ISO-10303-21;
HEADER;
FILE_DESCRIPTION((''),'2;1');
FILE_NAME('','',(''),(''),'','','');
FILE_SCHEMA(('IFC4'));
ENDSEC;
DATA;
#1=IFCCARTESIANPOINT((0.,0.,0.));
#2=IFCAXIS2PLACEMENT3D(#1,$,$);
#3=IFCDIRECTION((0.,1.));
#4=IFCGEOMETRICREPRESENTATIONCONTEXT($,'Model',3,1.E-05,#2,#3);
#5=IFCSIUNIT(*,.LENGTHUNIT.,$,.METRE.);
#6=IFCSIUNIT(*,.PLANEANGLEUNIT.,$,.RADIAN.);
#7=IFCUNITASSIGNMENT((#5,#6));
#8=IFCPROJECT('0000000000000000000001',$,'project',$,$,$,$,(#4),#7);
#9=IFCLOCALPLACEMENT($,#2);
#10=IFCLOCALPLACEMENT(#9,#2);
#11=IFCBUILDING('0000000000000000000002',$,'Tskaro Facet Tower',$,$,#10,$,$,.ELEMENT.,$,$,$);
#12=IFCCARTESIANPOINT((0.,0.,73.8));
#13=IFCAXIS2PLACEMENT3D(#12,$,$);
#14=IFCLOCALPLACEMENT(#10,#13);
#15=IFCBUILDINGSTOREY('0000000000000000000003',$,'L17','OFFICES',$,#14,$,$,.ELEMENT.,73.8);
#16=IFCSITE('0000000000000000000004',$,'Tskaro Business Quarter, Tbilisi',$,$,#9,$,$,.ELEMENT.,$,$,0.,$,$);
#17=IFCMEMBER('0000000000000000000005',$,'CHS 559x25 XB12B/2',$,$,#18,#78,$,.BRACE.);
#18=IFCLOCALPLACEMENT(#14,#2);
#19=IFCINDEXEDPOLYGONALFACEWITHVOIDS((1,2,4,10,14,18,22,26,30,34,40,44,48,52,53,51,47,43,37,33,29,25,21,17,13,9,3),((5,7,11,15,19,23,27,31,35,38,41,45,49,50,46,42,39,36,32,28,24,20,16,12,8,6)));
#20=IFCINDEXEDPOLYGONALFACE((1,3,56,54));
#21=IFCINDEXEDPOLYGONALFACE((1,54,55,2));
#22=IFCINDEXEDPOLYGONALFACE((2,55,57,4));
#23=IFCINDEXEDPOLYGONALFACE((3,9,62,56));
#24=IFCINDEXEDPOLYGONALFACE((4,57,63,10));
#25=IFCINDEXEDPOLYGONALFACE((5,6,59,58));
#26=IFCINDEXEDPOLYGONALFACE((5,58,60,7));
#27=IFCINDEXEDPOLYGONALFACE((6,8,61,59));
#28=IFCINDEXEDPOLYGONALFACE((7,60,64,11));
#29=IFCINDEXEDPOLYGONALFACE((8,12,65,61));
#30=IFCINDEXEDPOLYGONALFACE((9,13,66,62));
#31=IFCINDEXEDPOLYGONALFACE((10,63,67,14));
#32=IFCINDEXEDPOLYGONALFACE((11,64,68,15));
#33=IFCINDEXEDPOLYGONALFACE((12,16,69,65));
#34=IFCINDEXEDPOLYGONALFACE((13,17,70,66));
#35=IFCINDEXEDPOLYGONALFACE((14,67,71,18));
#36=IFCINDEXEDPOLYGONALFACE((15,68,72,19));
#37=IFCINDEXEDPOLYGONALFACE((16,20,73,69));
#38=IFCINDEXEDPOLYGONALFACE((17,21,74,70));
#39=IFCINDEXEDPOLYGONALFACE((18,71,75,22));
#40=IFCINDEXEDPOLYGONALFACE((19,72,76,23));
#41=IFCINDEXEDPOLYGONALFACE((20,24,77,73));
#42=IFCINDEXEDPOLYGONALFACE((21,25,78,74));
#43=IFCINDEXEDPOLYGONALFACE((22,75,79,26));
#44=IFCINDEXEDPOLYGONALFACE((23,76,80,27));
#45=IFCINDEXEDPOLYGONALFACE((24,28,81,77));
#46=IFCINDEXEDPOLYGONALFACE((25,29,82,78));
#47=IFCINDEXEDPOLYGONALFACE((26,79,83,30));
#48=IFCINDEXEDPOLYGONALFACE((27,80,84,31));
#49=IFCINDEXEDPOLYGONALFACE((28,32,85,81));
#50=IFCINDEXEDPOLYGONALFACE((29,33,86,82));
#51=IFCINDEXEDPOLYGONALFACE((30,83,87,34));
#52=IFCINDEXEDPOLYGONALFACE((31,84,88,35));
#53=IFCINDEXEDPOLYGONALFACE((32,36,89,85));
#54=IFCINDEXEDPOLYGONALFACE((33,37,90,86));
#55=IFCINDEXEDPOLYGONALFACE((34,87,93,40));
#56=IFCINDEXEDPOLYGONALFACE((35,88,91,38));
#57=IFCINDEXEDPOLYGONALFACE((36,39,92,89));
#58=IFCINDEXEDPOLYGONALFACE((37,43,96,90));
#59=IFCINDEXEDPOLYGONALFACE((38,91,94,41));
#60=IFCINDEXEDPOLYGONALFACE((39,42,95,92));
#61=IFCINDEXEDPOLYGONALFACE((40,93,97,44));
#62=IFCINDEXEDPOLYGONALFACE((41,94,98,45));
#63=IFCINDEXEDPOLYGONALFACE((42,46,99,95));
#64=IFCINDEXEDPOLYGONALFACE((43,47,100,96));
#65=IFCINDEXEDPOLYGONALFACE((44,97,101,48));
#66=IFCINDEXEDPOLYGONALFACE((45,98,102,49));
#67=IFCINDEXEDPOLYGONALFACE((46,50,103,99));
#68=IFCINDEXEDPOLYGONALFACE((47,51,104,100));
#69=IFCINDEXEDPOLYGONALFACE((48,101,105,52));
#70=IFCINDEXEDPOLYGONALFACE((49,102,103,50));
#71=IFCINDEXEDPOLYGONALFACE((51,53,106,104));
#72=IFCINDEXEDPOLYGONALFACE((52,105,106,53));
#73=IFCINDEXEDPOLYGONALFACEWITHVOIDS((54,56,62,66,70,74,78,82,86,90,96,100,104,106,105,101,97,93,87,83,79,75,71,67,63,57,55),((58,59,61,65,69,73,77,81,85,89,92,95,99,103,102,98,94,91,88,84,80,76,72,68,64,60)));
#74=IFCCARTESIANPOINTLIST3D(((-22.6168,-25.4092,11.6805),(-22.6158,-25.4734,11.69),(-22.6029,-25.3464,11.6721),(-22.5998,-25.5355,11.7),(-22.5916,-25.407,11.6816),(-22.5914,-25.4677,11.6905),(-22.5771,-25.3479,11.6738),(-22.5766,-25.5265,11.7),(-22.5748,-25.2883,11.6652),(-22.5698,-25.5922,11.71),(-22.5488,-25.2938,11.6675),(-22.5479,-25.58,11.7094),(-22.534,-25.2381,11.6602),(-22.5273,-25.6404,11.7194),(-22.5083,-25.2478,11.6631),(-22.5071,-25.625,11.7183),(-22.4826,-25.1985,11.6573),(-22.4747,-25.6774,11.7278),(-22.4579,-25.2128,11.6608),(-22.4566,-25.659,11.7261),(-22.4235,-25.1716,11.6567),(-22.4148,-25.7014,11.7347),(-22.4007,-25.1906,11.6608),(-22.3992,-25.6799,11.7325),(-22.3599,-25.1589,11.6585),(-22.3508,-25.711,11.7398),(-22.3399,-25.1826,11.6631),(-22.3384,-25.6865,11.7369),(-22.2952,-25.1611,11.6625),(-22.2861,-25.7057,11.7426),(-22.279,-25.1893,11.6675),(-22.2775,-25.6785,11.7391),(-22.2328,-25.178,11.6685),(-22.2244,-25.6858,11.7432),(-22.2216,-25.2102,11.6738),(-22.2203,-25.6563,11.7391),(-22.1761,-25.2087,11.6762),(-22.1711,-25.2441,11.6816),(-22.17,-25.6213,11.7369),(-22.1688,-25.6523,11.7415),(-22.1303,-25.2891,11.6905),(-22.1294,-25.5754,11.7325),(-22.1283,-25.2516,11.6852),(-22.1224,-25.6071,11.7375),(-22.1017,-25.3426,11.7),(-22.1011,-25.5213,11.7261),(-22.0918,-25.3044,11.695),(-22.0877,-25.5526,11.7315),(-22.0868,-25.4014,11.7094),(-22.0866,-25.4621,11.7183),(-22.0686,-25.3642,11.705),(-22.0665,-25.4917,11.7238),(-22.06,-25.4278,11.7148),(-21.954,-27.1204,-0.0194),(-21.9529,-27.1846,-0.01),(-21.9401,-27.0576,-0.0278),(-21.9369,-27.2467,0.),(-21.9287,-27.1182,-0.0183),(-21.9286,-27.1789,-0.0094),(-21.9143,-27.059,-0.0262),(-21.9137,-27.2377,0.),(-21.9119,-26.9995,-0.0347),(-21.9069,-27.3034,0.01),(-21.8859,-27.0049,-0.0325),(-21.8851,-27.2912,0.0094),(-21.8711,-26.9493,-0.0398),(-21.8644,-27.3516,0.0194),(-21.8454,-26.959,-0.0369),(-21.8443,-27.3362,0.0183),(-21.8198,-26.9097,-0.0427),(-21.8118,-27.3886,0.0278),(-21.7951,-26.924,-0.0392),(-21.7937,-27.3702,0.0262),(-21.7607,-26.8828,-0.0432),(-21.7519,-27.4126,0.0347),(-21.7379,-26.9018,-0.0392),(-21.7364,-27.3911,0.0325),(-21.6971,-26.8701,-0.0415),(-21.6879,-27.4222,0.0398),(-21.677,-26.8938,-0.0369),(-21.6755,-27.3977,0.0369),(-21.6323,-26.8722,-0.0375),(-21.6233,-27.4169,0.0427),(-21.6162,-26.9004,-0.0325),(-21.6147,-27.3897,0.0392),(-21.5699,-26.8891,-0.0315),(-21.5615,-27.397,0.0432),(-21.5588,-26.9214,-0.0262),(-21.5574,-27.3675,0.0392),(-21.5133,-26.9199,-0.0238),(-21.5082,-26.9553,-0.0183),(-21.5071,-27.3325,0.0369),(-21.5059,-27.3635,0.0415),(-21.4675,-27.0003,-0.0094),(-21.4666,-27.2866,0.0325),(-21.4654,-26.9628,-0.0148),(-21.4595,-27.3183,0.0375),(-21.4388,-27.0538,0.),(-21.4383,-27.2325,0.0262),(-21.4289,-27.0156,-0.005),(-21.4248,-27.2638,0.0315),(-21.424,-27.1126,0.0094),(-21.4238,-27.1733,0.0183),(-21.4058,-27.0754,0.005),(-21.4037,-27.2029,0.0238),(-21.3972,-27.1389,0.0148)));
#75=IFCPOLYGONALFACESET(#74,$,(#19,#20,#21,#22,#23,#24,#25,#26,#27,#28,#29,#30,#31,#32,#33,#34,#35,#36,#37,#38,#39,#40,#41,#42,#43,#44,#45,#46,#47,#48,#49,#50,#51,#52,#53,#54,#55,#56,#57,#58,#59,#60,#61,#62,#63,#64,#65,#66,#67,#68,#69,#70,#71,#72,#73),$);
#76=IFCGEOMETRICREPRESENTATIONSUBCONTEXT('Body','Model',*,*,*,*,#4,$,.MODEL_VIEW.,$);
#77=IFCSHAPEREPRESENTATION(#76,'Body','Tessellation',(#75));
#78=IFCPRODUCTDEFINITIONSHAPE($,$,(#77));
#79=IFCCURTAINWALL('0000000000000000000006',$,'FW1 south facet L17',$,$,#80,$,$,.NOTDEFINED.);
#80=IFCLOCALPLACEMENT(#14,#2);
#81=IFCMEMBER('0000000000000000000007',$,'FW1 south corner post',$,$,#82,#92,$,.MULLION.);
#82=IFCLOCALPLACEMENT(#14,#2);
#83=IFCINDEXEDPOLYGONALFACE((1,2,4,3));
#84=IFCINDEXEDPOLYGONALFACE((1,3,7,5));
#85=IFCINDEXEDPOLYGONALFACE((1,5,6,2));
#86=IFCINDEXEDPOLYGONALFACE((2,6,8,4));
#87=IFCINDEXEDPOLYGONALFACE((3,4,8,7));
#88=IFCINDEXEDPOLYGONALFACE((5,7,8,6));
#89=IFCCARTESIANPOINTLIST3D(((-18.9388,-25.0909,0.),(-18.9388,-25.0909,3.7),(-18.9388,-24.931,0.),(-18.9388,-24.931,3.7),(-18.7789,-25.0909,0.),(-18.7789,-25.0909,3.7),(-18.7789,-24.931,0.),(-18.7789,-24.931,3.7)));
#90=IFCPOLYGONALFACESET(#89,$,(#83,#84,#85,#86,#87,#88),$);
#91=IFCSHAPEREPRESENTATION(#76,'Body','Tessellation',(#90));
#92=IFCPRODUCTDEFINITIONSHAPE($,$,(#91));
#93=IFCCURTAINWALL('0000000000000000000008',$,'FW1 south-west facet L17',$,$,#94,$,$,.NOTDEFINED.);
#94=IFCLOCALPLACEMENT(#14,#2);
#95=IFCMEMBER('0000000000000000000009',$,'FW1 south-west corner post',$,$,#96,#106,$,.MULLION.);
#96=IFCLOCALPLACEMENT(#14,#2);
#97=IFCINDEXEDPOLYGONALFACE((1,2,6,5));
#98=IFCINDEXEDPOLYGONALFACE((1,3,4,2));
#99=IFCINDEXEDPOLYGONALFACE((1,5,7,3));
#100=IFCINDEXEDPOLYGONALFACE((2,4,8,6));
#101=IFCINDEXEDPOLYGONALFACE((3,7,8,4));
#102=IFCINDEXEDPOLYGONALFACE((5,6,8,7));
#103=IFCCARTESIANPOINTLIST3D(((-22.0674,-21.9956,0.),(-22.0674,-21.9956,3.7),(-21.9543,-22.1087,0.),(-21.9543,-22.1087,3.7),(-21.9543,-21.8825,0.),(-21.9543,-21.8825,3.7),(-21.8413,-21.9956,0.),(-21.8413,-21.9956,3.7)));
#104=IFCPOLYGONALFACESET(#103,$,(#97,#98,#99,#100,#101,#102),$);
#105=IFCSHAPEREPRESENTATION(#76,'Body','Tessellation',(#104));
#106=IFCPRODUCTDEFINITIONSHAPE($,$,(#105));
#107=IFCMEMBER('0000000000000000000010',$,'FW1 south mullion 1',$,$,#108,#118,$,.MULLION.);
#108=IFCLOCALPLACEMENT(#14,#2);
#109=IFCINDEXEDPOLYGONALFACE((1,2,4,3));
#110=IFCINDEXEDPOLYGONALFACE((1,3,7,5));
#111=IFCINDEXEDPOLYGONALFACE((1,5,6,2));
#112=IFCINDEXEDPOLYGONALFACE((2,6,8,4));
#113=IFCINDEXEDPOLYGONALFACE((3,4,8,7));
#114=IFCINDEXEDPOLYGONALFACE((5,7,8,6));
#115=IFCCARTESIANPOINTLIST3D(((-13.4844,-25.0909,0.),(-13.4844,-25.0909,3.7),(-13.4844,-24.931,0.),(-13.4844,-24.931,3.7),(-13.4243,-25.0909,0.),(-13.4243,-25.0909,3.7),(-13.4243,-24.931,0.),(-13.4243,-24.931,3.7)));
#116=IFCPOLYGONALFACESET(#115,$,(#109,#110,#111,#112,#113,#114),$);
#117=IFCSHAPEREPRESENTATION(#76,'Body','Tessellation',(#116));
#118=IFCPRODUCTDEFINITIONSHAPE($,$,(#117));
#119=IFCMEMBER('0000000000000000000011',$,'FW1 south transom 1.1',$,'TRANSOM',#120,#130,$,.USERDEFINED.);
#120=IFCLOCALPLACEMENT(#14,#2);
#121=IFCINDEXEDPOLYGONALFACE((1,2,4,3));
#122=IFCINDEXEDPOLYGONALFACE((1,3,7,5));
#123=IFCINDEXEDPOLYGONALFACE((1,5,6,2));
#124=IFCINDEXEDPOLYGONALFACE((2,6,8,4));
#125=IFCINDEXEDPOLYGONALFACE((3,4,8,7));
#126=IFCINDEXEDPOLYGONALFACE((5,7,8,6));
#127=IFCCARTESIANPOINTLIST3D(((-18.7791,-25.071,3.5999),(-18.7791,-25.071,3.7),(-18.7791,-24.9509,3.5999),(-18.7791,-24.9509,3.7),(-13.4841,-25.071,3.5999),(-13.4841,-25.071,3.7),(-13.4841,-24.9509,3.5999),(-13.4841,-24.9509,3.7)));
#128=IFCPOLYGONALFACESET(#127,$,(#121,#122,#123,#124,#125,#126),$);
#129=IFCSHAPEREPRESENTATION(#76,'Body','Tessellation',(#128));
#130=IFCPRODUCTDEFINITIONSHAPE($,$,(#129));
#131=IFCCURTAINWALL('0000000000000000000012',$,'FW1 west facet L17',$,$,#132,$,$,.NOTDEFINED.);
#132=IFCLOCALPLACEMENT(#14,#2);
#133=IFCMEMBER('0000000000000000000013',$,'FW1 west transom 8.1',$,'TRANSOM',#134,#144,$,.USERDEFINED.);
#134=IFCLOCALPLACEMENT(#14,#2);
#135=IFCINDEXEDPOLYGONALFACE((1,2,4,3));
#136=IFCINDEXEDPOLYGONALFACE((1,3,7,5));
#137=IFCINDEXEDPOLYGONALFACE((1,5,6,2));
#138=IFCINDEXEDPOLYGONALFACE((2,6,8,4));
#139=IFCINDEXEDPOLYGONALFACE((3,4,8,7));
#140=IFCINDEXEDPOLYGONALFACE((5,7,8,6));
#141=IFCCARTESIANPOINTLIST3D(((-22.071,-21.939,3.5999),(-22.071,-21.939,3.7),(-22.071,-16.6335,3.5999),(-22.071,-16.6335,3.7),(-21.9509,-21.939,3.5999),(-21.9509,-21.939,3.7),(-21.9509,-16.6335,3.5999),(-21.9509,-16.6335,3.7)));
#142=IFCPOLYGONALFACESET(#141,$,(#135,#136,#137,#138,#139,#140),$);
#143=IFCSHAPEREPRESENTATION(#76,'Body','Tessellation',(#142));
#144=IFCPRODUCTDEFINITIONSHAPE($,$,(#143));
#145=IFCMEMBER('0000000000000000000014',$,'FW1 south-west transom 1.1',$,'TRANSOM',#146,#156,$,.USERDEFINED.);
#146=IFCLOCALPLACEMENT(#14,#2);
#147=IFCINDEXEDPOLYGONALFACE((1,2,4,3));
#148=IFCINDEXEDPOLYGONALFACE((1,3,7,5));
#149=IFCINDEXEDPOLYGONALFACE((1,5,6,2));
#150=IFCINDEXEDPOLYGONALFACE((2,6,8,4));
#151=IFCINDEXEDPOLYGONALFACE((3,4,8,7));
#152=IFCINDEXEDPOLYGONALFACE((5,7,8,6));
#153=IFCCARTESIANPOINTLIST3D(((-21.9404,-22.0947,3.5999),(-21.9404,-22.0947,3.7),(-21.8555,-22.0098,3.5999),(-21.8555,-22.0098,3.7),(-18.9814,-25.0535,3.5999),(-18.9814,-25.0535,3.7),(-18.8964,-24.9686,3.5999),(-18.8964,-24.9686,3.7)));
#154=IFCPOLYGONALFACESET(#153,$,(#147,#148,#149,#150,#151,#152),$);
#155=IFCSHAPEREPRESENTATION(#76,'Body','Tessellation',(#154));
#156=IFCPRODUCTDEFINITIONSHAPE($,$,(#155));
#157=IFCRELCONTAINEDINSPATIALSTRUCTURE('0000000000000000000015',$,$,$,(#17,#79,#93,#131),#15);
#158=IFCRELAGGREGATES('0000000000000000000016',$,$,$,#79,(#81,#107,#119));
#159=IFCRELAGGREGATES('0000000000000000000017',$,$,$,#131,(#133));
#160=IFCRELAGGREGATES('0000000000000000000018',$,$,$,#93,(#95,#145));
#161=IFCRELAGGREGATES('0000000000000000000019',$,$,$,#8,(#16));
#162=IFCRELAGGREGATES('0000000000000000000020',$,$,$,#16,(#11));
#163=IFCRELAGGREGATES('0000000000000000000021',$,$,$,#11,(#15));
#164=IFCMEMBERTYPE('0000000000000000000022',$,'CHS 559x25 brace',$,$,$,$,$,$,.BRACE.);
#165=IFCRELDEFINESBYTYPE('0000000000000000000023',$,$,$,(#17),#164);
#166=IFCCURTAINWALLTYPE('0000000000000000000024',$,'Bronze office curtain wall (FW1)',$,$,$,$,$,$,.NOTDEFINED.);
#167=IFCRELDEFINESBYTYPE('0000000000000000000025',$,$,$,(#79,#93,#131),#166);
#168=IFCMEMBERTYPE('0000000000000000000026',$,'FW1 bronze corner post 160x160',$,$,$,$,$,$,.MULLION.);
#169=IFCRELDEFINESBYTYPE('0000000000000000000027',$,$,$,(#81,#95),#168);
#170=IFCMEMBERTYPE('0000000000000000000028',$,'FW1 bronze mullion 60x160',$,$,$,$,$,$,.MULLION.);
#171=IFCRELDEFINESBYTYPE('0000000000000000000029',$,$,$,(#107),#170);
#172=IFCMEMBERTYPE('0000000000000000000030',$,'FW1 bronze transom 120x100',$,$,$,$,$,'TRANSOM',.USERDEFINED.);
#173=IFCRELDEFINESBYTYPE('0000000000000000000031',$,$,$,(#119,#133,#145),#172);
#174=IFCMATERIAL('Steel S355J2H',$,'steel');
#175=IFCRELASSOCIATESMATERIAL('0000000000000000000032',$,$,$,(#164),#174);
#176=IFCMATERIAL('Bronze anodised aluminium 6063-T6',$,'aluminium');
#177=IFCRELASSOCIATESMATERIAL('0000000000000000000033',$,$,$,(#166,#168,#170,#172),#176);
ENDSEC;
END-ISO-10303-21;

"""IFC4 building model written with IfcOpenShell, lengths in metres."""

from ifc_helpers import new_model, si_unit, direction, frame, origin, origin_2d, place, context, subcontext, project, spatial, rectangle, hollow_circle, extrude, material, material_profile, profile_set, type_object, element, aggregate, save


model = new_model("IFC4")

# Units and contexts
model_context = context("Model", 3, precision=1e-05, world=origin(), true_north=direction((0.0, 1.0)))
body_context = subcontext(model_context, "Body", "Model", "MODEL_VIEW")
ifc_project = project(units=[si_unit("LENGTHUNIT", "METRE"), si_unit("PLANEANGLEUNIT", "RADIAN")], contexts=[model_context])

# Site, building, storey
site_placement = place(None, origin())
site = spatial("IfcSite", under=ifc_project, at=site_placement, Name="Tskaro Business Quarter, Tbilisi", CompositionType="ELEMENT", RefElevation=0.0)
building_placement = place(site_placement, origin())
building = spatial("IfcBuilding", under=site, at=building_placement, Name="Tskaro Facet Tower", CompositionType="ELEMENT")
storey_placement = place(building_placement, frame((0.0, 0.0, 73.8)))
storey = spatial("IfcBuildingStorey", under=building, at=storey_placement, Name="L17", Description="OFFICES", CompositionType="ELEMENT", Elevation=73.8)

# Shared definitions
ifc_material_1 = material(Name="Steel S355J2H", Category="steel")

# Member
ifc_material_profile_1 = material_profile(ifc_material_1, hollow_circle(Radius=0.2795, WallThickness=0.0249, at=origin_2d()), Name="CHS 559x25")
ifc_profile_set_1 = profile_set([ifc_material_profile_1], Name="Steel S355J2H")
member_type_1 = type_object("IfcMemberType", Name="CHS 559x25 brace", PredefinedType="BRACE", material=ifc_profile_set_1)
for number, where, z_axis, x_axis, name in (
    (1, (-21.6763, -27.1458, 0.0), (-0.055969, 0.144489, 0.987922), (-0.932486, -0.361207, 0.0), "CHS 559x25 XB12B/2"),
):
    element("IfcMember", number, at=place(storey_placement, frame(where, z_axis=z_axis, x_axis=x_axis)), inside=storey, type_object=member_type_1, Name=name, PredefinedType="BRACE", context=body_context, shape_type="SweptSolid", body=[
        extrude(hollow_circle(Radius=0.2795, WallThickness=0.0249, at=origin_2d()), origin(), (0.0, 0.0, 1.0), 11.843),
    ])

# Curtain walls, members
ifc_material_2 = material(Name="Bronze anodised aluminium 6063-T6", Category="aluminium")
curtain_wall_type = type_object("IfcCurtainWallType", Name="Bronze office curtain wall (FW1)", PredefinedType="NOTDEFINED", material=ifc_material_2)
curtain_wall_1_placement = place(storey_placement, origin())
curtain_wall_1 = element("IfcCurtainWall", 2, at=curtain_wall_1_placement, inside=storey, type_object=curtain_wall_type, Name="FW1 south facet L17", PredefinedType="NOTDEFINED")
ifc_material_profile_2 = material_profile(ifc_material_2, rectangle(XDim=0.1599, YDim=0.1599, at=origin_2d()), Name="Corner post 160x160")
ifc_profile_set_2 = profile_set([ifc_material_profile_2], Name="Bronze anodised aluminium 6063-T6")
member_type_2 = type_object("IfcMemberType", Name="FW1 bronze corner post 160x160", PredefinedType="MULLION", material=ifc_profile_set_2)
member_1_placement = place(storey_placement, frame((-18.8589, -25.011, 0.0), z_axis=(0.0, 0.0, 1.0), x_axis=(1.0, 0.0, 0.0)))
member_1 = element("IfcMember", 3, at=member_1_placement, type_object=member_type_2, Name="FW1 south corner post", PredefinedType="MULLION", context=body_context, shape_type="SweptSolid", body=[
    extrude(rectangle(XDim=0.1599, YDim=0.1599, at=origin_2d()), origin(), (0.0, 0.0, 1.0), 3.7),
])
curtain_wall_2_placement = place(storey_placement, origin())
curtain_wall_2 = element("IfcCurtainWall", 4, at=curtain_wall_2_placement, inside=storey, type_object=curtain_wall_type, Name="FW1 south-west facet L17", PredefinedType="NOTDEFINED")
member_2_placement = place(storey_placement, frame((-21.9543, -21.9956, 0.0), z_axis=(0.0, 0.0, 1.0), x_axis=(0.707107, -0.707107, 0.0)))
member_2 = element("IfcMember", 5, at=member_2_placement, type_object=member_type_2, Name="FW1 south-west corner post", PredefinedType="MULLION", context=body_context, shape_type="SweptSolid", body=[
    extrude(rectangle(XDim=0.1599, YDim=0.1599, at=origin_2d()), origin(), (0.0, 0.0, 1.0), 3.7),
])

# Members
ifc_material_profile_3 = material_profile(ifc_material_2, rectangle(XDim=0.0601, YDim=0.1599, at=origin_2d()), Name="Mullion 60x160")
ifc_profile_set_3 = profile_set([ifc_material_profile_3], Name="Bronze anodised aluminium 6063-T6")
member_type_3 = type_object("IfcMemberType", Name="FW1 bronze mullion 60x160", PredefinedType="MULLION", material=ifc_profile_set_3)
member_3_placement = place(storey_placement, frame((-13.4543, -25.011, 0.0), z_axis=(0.0, 0.0, 1.0), x_axis=(1.0, 0.0, 0.0)))
member_3 = element("IfcMember", 6, at=member_3_placement, type_object=member_type_3, Name="FW1 south mullion 1", PredefinedType="MULLION", context=body_context, shape_type="SweptSolid", body=[
    extrude(rectangle(XDim=0.0601, YDim=0.1599, at=origin_2d()), origin(), (0.0, 0.0, 1.0), 3.7),
])
ifc_material_profile_4 = material_profile(ifc_material_2, rectangle(XDim=0.1201, YDim=0.1001, at=origin_2d()), Name="Transom 120x100")
ifc_profile_set_4 = profile_set([ifc_material_profile_4], Name="Bronze anodised aluminium 6063-T6")
member_type_4 = type_object("IfcMemberType", Name="FW1 bronze transom 120x100", ElementType="TRANSOM", PredefinedType="USERDEFINED", material=ifc_profile_set_4)
member_4_placement = place(storey_placement, frame((-18.7791, -25.011, 3.6499), z_axis=(1.0, 0.0, 0.0), x_axis=(0.0, 1.0, 0.0)))
member_4 = element("IfcMember", 7, at=member_4_placement, type_object=member_type_4, Name="FW1 south transom 1.1", ObjectType="TRANSOM", PredefinedType="USERDEFINED", context=body_context, shape_type="SweptSolid", body=[
    extrude(rectangle(XDim=0.1201, YDim=0.1001, at=origin_2d()), origin(), (0.0, 0.0, 1.0), 5.2949),
])

# Curtain wall, member
curtain_wall_3_placement = place(storey_placement, origin())
curtain_wall_3 = element("IfcCurtainWall", 8, at=curtain_wall_3_placement, inside=storey, type_object=curtain_wall_type, Name="FW1 west facet L17", PredefinedType="NOTDEFINED")
member_5_placement = place(storey_placement, frame((-22.011, -16.6335, 3.6499), z_axis=(0.0, -1.0, 0.0), x_axis=(1.0, 0.0, 0.0)))
member_5 = element("IfcMember", 9, at=member_5_placement, type_object=member_type_4, Name="FW1 west transom 8.1", ObjectType="TRANSOM", PredefinedType="USERDEFINED", context=body_context, shape_type="SweptSolid", body=[
    extrude(rectangle(XDim=0.1201, YDim=0.1001, at=origin_2d()), origin(), (0.0, 0.0, 1.0), 5.3054),
])

# Member
member_6_placement = place(storey_placement, frame((-21.8979, -22.0522, 3.6499), z_axis=(0.707136, -0.707078, 0.0), x_axis=(0.707078, 0.707136, 0.0)))
member_6 = element("IfcMember", 10, at=member_6_placement, type_object=member_type_4, Name="FW1 south-west transom 1.1", ObjectType="TRANSOM", PredefinedType="USERDEFINED", context=body_context, shape_type="SweptSolid", body=[
    extrude(rectangle(XDim=0.1201, YDim=0.1001, at=origin_2d()), origin(), (0.0, 0.0, 1.0), 4.1846),
])

aggregate(curtain_wall_1, [member_1, member_3, member_4])
aggregate(curtain_wall_3, [member_5])
aggregate(curtain_wall_2, [member_2, member_6])

save(model, "model.ifc")
